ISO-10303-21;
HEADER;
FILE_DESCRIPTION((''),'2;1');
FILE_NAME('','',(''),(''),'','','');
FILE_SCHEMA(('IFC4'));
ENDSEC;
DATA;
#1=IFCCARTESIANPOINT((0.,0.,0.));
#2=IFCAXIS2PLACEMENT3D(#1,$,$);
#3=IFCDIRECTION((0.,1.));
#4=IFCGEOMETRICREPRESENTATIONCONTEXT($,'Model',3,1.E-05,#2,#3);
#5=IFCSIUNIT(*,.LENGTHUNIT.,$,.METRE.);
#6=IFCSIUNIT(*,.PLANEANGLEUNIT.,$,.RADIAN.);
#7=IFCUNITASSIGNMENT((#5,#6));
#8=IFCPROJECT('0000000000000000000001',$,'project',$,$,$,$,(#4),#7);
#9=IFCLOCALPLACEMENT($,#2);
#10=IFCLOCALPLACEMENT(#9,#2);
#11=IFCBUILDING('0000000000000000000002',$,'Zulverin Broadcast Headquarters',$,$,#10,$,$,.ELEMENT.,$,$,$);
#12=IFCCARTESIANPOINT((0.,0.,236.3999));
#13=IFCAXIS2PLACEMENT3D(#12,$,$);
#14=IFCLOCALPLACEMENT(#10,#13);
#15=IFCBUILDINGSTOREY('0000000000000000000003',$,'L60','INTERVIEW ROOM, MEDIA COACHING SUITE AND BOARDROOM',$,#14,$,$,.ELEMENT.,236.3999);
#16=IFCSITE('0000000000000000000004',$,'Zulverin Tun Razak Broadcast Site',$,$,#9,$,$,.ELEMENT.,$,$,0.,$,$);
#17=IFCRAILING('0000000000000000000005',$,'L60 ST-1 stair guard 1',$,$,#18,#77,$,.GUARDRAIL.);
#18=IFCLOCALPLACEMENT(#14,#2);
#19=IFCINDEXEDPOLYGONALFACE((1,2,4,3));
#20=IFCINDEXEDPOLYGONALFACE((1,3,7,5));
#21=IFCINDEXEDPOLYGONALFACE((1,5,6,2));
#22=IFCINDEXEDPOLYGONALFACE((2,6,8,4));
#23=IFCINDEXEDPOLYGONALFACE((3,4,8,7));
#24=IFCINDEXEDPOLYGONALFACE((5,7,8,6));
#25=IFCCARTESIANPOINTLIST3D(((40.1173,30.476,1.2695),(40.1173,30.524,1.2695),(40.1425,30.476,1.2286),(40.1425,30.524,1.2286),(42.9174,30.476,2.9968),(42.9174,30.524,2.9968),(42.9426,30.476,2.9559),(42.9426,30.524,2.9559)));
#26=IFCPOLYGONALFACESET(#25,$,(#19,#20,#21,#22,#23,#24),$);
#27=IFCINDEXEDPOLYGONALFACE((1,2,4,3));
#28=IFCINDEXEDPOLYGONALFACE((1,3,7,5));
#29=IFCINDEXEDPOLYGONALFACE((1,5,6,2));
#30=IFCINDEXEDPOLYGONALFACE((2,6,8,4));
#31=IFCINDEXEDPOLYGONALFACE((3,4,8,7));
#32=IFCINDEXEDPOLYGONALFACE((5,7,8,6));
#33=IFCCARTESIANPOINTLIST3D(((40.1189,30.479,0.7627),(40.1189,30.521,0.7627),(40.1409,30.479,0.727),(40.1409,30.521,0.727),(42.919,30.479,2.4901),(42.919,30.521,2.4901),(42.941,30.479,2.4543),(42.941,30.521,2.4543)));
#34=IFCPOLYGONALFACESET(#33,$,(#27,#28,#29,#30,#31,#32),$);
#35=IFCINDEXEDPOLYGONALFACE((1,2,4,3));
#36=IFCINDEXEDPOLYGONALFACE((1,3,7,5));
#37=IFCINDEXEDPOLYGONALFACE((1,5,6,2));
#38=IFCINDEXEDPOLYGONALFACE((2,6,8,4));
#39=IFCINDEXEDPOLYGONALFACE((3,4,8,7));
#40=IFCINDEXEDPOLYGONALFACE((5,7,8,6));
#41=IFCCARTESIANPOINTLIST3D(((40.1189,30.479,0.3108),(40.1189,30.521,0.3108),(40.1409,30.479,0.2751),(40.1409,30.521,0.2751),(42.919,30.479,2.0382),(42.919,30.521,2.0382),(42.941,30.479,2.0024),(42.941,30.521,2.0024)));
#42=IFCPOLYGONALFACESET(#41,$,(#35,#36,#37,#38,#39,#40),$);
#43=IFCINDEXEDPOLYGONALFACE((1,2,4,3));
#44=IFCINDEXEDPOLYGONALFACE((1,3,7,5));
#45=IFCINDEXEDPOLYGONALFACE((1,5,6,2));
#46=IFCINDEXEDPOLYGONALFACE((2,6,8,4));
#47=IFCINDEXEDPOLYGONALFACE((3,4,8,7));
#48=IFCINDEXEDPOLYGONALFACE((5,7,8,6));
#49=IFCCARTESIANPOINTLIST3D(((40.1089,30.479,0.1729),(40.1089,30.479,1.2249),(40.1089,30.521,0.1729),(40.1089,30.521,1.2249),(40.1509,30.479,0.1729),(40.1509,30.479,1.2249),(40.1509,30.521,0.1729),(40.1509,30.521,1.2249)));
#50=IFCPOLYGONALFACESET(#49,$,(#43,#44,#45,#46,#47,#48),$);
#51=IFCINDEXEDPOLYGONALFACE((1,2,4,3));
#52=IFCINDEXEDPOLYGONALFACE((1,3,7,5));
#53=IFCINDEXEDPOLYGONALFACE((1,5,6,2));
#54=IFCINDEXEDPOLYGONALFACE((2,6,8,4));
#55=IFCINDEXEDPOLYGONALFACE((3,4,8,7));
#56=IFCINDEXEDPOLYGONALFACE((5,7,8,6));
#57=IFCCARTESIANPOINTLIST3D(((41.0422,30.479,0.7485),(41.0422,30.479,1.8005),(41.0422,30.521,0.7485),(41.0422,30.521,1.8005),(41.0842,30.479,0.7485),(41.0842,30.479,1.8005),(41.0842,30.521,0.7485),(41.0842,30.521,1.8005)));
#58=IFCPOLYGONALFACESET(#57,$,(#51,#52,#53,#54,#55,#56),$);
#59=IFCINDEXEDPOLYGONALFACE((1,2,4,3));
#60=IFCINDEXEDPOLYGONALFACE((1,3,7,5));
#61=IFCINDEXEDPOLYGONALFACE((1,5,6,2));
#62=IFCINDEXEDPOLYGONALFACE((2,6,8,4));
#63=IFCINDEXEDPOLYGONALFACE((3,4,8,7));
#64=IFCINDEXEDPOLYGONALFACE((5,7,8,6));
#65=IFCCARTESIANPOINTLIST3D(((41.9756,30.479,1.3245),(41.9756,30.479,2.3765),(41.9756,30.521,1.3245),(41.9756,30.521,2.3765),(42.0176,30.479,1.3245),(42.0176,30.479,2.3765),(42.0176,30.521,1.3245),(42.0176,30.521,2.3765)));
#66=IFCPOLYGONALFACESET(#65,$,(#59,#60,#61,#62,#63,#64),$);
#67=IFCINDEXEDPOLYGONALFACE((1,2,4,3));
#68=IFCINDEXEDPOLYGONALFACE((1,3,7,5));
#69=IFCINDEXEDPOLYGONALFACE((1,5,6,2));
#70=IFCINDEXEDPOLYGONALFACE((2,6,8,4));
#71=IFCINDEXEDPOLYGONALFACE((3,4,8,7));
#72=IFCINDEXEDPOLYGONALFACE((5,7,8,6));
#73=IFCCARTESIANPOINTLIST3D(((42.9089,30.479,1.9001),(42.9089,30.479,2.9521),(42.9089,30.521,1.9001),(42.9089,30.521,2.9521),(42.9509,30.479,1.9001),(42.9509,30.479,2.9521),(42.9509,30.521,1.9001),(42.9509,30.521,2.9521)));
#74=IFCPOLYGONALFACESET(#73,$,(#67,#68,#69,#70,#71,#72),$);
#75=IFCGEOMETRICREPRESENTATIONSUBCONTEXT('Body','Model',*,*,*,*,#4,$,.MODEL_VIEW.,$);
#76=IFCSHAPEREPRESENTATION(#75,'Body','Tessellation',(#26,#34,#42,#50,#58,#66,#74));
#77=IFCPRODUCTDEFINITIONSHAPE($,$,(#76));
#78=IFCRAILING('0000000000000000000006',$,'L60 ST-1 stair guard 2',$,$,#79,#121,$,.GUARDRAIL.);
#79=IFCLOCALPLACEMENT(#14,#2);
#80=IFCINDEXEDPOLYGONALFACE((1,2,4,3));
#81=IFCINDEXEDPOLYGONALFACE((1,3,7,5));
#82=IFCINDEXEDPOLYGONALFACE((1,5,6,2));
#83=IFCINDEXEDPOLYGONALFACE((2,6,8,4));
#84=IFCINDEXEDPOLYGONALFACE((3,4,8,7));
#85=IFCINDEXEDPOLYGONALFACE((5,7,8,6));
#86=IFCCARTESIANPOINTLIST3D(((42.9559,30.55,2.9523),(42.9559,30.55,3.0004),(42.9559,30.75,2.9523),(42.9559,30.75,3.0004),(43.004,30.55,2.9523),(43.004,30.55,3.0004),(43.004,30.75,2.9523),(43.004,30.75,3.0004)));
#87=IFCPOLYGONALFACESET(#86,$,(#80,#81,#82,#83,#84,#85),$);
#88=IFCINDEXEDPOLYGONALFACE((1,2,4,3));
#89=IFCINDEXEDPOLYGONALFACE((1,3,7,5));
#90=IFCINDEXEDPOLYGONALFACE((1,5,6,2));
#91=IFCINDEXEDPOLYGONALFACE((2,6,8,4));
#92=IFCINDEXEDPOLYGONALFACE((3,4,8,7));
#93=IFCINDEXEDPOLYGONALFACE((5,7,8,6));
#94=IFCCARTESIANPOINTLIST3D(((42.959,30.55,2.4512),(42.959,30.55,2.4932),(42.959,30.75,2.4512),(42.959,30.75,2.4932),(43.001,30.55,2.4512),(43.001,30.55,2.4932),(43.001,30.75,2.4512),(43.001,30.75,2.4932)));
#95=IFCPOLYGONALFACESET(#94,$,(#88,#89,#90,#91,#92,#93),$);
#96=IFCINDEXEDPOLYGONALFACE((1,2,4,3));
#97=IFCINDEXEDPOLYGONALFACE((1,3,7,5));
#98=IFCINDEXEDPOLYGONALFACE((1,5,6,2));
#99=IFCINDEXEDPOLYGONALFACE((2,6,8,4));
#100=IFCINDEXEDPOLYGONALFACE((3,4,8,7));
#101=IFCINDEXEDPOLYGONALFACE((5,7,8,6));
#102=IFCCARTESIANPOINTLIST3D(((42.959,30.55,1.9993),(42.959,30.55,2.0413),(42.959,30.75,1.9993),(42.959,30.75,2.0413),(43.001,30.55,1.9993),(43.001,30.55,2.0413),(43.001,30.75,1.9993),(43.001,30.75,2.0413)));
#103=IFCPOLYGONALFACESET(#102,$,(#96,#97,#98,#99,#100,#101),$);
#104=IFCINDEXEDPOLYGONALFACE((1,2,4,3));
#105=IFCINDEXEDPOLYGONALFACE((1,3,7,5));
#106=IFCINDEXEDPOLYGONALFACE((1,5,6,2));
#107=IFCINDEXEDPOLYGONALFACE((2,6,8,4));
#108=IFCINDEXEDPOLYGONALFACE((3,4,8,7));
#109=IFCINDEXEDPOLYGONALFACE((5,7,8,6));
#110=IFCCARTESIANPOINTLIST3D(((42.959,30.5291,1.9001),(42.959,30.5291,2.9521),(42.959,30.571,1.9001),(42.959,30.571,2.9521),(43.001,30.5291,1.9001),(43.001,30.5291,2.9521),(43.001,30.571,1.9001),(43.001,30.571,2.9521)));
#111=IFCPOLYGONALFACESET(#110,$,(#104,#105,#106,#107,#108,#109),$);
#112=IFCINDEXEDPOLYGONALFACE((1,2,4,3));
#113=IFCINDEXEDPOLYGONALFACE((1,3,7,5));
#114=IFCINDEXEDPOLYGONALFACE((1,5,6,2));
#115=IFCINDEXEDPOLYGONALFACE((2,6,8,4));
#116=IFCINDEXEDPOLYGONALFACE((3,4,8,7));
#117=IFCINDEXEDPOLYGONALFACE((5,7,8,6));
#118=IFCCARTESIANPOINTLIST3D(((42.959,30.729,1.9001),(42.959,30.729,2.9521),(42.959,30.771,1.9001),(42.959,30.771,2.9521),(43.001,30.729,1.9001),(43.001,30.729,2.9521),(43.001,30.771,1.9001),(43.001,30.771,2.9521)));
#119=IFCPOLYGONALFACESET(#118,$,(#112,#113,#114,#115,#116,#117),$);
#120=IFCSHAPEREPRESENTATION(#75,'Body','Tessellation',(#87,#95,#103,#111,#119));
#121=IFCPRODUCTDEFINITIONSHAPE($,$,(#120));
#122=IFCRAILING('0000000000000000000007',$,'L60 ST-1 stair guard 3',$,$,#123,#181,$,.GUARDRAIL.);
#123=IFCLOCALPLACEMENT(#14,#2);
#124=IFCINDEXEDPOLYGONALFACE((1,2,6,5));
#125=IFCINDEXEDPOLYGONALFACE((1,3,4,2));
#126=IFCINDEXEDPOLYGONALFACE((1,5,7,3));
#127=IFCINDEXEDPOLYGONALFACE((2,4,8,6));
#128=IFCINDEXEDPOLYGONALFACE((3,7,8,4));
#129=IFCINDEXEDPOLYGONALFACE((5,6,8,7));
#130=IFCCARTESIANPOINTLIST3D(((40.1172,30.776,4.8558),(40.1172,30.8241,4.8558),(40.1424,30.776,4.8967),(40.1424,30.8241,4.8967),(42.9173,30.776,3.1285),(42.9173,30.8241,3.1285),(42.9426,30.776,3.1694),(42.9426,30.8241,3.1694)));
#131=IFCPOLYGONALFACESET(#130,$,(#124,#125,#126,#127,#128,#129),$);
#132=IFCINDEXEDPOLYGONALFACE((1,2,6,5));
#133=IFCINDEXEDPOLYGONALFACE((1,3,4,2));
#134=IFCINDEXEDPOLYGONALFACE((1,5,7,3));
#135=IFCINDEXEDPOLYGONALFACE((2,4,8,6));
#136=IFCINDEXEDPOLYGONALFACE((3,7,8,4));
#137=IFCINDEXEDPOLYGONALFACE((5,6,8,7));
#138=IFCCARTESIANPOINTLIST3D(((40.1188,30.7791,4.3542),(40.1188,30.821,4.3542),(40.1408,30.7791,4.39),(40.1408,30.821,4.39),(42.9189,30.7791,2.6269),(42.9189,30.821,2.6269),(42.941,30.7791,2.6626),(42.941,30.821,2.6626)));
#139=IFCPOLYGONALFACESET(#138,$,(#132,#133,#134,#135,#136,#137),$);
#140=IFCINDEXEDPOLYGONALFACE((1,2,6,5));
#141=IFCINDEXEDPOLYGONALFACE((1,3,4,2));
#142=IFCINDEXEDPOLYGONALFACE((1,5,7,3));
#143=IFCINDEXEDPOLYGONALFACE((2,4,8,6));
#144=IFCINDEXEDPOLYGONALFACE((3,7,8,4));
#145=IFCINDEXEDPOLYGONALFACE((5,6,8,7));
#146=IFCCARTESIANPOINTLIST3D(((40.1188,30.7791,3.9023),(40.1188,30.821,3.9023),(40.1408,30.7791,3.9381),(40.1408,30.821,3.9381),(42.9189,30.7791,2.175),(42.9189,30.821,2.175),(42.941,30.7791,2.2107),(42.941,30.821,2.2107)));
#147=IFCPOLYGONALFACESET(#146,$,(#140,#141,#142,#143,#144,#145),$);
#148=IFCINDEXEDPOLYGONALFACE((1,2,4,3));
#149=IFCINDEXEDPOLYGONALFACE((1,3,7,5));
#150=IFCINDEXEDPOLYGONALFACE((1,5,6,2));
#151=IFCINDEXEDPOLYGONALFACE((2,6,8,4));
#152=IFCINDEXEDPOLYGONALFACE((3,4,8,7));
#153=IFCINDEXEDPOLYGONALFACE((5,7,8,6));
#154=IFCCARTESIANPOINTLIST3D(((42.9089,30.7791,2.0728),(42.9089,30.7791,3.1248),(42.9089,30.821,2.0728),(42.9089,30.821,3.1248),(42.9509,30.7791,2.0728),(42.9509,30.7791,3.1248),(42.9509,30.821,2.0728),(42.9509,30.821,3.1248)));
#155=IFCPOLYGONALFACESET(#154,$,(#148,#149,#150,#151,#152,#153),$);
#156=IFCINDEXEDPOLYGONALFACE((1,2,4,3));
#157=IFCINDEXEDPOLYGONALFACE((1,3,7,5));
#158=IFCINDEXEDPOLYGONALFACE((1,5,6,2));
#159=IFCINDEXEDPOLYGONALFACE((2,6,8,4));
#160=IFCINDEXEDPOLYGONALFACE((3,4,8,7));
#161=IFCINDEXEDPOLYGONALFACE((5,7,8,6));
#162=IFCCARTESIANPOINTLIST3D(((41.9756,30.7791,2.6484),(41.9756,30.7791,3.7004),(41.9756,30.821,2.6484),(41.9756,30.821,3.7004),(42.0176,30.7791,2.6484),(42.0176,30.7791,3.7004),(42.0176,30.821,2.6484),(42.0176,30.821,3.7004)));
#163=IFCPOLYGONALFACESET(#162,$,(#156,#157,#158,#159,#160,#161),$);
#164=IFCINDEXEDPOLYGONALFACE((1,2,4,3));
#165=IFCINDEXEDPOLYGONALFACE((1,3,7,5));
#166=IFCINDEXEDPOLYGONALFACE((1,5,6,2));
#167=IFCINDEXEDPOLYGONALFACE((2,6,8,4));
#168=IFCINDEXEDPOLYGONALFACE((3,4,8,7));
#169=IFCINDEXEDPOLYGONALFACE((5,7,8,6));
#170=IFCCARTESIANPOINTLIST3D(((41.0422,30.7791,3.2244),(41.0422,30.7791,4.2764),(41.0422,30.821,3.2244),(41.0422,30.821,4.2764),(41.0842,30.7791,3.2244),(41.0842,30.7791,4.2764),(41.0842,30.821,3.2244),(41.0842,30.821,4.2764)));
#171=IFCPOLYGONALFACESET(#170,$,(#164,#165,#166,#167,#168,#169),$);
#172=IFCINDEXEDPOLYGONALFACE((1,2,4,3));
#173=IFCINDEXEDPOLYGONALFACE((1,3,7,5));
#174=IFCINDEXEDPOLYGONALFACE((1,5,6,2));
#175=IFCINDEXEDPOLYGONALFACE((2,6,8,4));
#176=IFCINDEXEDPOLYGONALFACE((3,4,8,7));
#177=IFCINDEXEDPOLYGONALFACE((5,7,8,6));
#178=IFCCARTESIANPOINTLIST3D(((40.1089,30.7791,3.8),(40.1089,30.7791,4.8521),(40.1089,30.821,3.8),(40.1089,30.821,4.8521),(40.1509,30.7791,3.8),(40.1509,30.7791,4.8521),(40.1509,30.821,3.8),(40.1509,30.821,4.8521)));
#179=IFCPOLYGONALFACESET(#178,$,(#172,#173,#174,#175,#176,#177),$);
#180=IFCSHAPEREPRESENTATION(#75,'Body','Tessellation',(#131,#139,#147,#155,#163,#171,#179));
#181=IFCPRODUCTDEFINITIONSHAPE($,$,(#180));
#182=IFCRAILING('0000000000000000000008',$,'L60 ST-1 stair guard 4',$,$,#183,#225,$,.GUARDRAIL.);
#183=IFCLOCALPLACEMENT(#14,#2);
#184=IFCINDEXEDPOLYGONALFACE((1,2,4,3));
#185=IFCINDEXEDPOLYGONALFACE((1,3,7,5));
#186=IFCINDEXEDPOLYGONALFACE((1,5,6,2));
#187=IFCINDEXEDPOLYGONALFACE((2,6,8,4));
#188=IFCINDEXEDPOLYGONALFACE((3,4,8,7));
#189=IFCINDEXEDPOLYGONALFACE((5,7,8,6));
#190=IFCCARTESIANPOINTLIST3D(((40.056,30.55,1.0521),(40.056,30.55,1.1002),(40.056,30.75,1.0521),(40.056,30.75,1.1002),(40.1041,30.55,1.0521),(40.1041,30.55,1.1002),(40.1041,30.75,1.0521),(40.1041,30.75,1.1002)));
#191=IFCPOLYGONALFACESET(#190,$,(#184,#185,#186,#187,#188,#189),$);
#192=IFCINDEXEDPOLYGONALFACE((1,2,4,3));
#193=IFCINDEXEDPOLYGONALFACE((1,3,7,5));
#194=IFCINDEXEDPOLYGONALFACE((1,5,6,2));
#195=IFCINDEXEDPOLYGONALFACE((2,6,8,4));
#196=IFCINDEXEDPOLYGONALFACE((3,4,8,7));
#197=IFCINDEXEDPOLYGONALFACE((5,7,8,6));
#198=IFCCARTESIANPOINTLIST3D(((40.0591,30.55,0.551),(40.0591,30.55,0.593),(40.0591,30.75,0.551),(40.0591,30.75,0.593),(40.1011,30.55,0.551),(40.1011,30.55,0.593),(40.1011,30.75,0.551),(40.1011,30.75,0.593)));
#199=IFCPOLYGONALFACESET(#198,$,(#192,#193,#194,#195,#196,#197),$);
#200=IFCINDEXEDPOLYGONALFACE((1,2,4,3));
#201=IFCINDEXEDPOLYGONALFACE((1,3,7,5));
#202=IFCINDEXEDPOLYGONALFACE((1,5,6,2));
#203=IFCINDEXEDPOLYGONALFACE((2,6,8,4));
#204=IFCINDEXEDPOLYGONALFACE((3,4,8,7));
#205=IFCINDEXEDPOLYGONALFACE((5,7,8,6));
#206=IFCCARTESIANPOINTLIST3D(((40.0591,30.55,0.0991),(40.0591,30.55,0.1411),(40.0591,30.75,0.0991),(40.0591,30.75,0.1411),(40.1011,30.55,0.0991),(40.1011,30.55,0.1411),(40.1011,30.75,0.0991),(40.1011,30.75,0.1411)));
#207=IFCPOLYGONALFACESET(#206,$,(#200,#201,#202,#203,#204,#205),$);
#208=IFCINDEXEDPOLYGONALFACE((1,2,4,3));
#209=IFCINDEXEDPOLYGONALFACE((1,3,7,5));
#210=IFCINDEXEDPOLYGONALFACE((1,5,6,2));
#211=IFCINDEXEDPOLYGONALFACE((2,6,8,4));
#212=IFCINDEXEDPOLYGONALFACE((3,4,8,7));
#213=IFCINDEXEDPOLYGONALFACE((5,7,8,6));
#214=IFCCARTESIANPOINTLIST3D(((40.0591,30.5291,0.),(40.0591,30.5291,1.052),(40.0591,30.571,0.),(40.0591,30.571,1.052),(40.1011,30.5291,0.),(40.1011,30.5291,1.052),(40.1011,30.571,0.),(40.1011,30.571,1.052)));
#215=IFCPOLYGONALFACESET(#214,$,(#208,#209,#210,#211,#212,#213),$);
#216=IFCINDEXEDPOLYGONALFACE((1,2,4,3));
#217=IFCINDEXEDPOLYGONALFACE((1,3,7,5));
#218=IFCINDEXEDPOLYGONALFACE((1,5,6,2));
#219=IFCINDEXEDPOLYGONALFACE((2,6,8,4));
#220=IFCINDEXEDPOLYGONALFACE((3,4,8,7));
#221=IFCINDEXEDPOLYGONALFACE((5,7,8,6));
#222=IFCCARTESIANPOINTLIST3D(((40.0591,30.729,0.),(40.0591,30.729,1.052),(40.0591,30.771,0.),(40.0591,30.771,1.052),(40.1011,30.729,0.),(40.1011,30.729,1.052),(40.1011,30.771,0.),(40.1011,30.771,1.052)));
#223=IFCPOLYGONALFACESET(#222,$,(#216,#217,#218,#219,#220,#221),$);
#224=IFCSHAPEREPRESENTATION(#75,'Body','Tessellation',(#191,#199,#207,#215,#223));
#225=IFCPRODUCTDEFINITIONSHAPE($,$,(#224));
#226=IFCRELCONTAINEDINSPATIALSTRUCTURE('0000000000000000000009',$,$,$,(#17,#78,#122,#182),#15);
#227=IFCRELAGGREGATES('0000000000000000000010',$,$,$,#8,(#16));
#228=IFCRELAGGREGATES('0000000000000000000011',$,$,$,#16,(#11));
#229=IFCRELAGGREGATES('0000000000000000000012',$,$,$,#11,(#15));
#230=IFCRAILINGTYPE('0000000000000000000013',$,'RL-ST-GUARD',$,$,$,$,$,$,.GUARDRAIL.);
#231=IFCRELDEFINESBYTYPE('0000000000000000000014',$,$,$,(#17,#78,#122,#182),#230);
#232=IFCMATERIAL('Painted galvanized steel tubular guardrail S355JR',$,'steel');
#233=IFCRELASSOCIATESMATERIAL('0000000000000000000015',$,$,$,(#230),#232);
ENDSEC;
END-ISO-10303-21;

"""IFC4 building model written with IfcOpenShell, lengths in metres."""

from ifc_helpers import new_model, si_unit, direction, frame, origin, origin_2d, place, context, subcontext, project, spatial, rectangle, extrude, material, type_object, element, save


model = new_model("IFC4")

# Units and contexts
model_context = context("Model", 3, precision=1e-05, world=origin(), true_north=direction((0.0, 1.0)))
body_context = subcontext(model_context, "Body", "Model", "MODEL_VIEW")
ifc_project = project(units=[si_unit("LENGTHUNIT", "METRE"), si_unit("PLANEANGLEUNIT", "RADIAN")], contexts=[model_context])

# Site, building, storey
site_placement = place(None, origin())
site = spatial("IfcSite", under=ifc_project, at=site_placement, Name="Zulverin Tun Razak Broadcast Site", CompositionType="ELEMENT", RefElevation=0.0)
building_placement = place(site_placement, origin())
building = spatial("IfcBuilding", under=site, at=building_placement, Name="Zulverin Broadcast Headquarters", CompositionType="ELEMENT")
storey_placement = place(building_placement, frame((0.0, 0.0, 236.3999)))
storey = spatial("IfcBuildingStorey", under=building, at=storey_placement, Name="L60", Description="INTERVIEW ROOM, MEDIA COACHING SUITE AND BOARDROOM", CompositionType="ELEMENT", Elevation=236.3999)

# Railings
ifc_material_1 = material(Name="Painted galvanized steel tubular guardrail S355JR", Category="steel")
railing_type_1 = type_object("IfcRailingType", Name="RL-ST-GUARD", PredefinedType="GUARDRAIL", material=ifc_material_1)
railing_1_placement = place(storey_placement, frame((40.1299, 30.5, 0.1729)))
element("IfcRailing", 1, at=railing_1_placement, inside=storey, type_object=railing_type_1, Name="L60 ST-1 stair guard 1", PredefinedType="GUARDRAIL", context=body_context, shape_type="SweptSolid", body=[
    extrude(rectangle(XDim=0.0481, YDim=0.0481, at=origin_2d()), frame((0.0, 0.0, 1.0762), z_axis=(0.85109, 0.0, 0.52502), x_axis=(0.0, 1.0, 0.0)), (0.0, 0.0, 1.0), 3.29),
    extrude(rectangle(XDim=0.042, YDim=0.042, at=origin_2d()), frame((0.0, 0.0, 0.572), z_axis=(0.85109, 0.0, 0.52502), x_axis=(0.0, 1.0, 0.0)), (0.0, 0.0, 1.0), 3.29),
    extrude(rectangle(XDim=0.042, YDim=0.042, at=origin_2d()), frame((0.0, 0.0, 0.1201), z_axis=(0.85109, 0.0, 0.52502), x_axis=(0.0, 1.0, 0.0)), (0.0, 0.0, 1.0), 3.29),
    extrude(rectangle(XDim=0.042, YDim=0.042, at=origin_2d()), origin(), (0.0, 0.0, 1.0), 1.052),
    extrude(rectangle(XDim=0.042, YDim=0.042, at=origin_2d()), frame((0.9333, 0.0, 0.5757)), (0.0, 0.0, 1.0), 1.052),
    extrude(rectangle(XDim=0.042, YDim=0.042, at=origin_2d()), frame((1.8667, 0.0, 1.1516)), (0.0, 0.0, 1.0), 1.052),
    extrude(rectangle(XDim=0.042, YDim=0.042, at=origin_2d()), frame((2.8, 0.0, 1.7273)), (0.0, 0.0, 1.0), 1.052),
])
railing_2_placement = place(storey_placement, frame((42.98, 30.55, 1.9001)))
element("IfcRailing", 2, at=railing_2_placement, inside=storey, type_object=railing_type_1, Name="L60 ST-1 stair guard 2", PredefinedType="GUARDRAIL", context=body_context, shape_type="SweptSolid", body=[
    extrude(rectangle(XDim=0.0481, YDim=0.0481, at=origin_2d()), frame((0.0, 0.0, 1.0762), z_axis=(0.0, 1.0, 0.0), x_axis=(-1.0, 0.0, 0.0)), (0.0, 0.0, 1.0), 0.2),
    extrude(rectangle(XDim=0.042, YDim=0.042, at=origin_2d()), frame((0.0, 0.0, 0.572), z_axis=(0.0, 1.0, 0.0), x_axis=(-1.0, 0.0, 0.0)), (0.0, 0.0, 1.0), 0.2),
    extrude(rectangle(XDim=0.042, YDim=0.042, at=origin_2d()), frame((0.0, 0.0, 0.1201), z_axis=(0.0, 1.0, 0.0), x_axis=(-1.0, 0.0, 0.0)), (0.0, 0.0, 1.0), 0.2),
    extrude(rectangle(XDim=0.042, YDim=0.042, at=origin_2d()), origin(), (0.0, 0.0, 1.0), 1.052),
    extrude(rectangle(XDim=0.042, YDim=0.042, at=origin_2d()), frame((0.0, 0.2, 0.0)), (0.0, 0.0, 1.0), 1.052),
])
railing_3_placement = place(storey_placement, frame((42.9299, 30.8, 2.0728)))
element("IfcRailing", 3, at=railing_3_placement, inside=storey, type_object=railing_type_1, Name="L60 ST-1 stair guard 3", PredefinedType="GUARDRAIL", context=body_context, shape_type="SweptSolid", body=[
    extrude(rectangle(XDim=0.0481, YDim=0.0481, at=origin_2d()), frame((0.0, 0.0, 1.0762), z_axis=(-0.85109, 0.0, 0.52502), x_axis=(0.0, -1.0, 0.0)), (0.0, 0.0, 1.0), 3.29),
    extrude(rectangle(XDim=0.042, YDim=0.042, at=origin_2d()), frame((0.0, 0.0, 0.572), z_axis=(-0.85109, 0.0, 0.52502), x_axis=(0.0, -1.0, 0.0)), (0.0, 0.0, 1.0), 3.29),
    extrude(rectangle(XDim=0.042, YDim=0.042, at=origin_2d()), frame((0.0, 0.0, 0.1201), z_axis=(-0.85109, 0.0, 0.52502), x_axis=(0.0, -1.0, 0.0)), (0.0, 0.0, 1.0), 3.29),
    extrude(rectangle(XDim=0.042, YDim=0.042, at=origin_2d()), origin(), (0.0, 0.0, 1.0), 1.052),
    extrude(rectangle(XDim=0.042, YDim=0.042, at=origin_2d()), frame((-0.9333, 0.0, 0.5757)), (0.0, 0.0, 1.0), 1.052),
    extrude(rectangle(XDim=0.042, YDim=0.042, at=origin_2d()), frame((-1.8667, 0.0, 1.1516)), (0.0, 0.0, 1.0), 1.052),
    extrude(rectangle(XDim=0.042, YDim=0.042, at=origin_2d()), frame((-2.8, 0.0, 1.7273)), (0.0, 0.0, 1.0), 1.052),
])
railing_4_placement = place(storey_placement, frame((40.0801, 30.55, 0.0)))
element("IfcRailing", 4, at=railing_4_placement, inside=storey, type_object=railing_type_1, Name="L60 ST-1 stair guard 4", PredefinedType="GUARDRAIL", context=body_context, shape_type="SweptSolid", body=[
    extrude(rectangle(XDim=0.0481, YDim=0.0481, at=origin_2d()), frame((0.0, 0.0, 1.0762), z_axis=(0.0, 1.0, 0.0), x_axis=(-1.0, 0.0, 0.0)), (0.0, 0.0, 1.0), 0.2),
    extrude(rectangle(XDim=0.042, YDim=0.042, at=origin_2d()), frame((0.0, 0.0, 0.572), z_axis=(0.0, 1.0, 0.0), x_axis=(-1.0, 0.0, 0.0)), (0.0, 0.0, 1.0), 0.2),
    extrude(rectangle(XDim=0.042, YDim=0.042, at=origin_2d()), frame((0.0, 0.0, 0.1201), z_axis=(0.0, 1.0, 0.0), x_axis=(-1.0, 0.0, 0.0)), (0.0, 0.0, 1.0), 0.2),
    extrude(rectangle(XDim=0.042, YDim=0.042, at=origin_2d()), origin(), (0.0, 0.0, 1.0), 1.052),
    extrude(rectangle(XDim=0.042, YDim=0.042, at=origin_2d()), frame((0.0, 0.2, 0.0)), (0.0, 0.0, 1.0), 1.052),
])

save(model, "model.ifc")
